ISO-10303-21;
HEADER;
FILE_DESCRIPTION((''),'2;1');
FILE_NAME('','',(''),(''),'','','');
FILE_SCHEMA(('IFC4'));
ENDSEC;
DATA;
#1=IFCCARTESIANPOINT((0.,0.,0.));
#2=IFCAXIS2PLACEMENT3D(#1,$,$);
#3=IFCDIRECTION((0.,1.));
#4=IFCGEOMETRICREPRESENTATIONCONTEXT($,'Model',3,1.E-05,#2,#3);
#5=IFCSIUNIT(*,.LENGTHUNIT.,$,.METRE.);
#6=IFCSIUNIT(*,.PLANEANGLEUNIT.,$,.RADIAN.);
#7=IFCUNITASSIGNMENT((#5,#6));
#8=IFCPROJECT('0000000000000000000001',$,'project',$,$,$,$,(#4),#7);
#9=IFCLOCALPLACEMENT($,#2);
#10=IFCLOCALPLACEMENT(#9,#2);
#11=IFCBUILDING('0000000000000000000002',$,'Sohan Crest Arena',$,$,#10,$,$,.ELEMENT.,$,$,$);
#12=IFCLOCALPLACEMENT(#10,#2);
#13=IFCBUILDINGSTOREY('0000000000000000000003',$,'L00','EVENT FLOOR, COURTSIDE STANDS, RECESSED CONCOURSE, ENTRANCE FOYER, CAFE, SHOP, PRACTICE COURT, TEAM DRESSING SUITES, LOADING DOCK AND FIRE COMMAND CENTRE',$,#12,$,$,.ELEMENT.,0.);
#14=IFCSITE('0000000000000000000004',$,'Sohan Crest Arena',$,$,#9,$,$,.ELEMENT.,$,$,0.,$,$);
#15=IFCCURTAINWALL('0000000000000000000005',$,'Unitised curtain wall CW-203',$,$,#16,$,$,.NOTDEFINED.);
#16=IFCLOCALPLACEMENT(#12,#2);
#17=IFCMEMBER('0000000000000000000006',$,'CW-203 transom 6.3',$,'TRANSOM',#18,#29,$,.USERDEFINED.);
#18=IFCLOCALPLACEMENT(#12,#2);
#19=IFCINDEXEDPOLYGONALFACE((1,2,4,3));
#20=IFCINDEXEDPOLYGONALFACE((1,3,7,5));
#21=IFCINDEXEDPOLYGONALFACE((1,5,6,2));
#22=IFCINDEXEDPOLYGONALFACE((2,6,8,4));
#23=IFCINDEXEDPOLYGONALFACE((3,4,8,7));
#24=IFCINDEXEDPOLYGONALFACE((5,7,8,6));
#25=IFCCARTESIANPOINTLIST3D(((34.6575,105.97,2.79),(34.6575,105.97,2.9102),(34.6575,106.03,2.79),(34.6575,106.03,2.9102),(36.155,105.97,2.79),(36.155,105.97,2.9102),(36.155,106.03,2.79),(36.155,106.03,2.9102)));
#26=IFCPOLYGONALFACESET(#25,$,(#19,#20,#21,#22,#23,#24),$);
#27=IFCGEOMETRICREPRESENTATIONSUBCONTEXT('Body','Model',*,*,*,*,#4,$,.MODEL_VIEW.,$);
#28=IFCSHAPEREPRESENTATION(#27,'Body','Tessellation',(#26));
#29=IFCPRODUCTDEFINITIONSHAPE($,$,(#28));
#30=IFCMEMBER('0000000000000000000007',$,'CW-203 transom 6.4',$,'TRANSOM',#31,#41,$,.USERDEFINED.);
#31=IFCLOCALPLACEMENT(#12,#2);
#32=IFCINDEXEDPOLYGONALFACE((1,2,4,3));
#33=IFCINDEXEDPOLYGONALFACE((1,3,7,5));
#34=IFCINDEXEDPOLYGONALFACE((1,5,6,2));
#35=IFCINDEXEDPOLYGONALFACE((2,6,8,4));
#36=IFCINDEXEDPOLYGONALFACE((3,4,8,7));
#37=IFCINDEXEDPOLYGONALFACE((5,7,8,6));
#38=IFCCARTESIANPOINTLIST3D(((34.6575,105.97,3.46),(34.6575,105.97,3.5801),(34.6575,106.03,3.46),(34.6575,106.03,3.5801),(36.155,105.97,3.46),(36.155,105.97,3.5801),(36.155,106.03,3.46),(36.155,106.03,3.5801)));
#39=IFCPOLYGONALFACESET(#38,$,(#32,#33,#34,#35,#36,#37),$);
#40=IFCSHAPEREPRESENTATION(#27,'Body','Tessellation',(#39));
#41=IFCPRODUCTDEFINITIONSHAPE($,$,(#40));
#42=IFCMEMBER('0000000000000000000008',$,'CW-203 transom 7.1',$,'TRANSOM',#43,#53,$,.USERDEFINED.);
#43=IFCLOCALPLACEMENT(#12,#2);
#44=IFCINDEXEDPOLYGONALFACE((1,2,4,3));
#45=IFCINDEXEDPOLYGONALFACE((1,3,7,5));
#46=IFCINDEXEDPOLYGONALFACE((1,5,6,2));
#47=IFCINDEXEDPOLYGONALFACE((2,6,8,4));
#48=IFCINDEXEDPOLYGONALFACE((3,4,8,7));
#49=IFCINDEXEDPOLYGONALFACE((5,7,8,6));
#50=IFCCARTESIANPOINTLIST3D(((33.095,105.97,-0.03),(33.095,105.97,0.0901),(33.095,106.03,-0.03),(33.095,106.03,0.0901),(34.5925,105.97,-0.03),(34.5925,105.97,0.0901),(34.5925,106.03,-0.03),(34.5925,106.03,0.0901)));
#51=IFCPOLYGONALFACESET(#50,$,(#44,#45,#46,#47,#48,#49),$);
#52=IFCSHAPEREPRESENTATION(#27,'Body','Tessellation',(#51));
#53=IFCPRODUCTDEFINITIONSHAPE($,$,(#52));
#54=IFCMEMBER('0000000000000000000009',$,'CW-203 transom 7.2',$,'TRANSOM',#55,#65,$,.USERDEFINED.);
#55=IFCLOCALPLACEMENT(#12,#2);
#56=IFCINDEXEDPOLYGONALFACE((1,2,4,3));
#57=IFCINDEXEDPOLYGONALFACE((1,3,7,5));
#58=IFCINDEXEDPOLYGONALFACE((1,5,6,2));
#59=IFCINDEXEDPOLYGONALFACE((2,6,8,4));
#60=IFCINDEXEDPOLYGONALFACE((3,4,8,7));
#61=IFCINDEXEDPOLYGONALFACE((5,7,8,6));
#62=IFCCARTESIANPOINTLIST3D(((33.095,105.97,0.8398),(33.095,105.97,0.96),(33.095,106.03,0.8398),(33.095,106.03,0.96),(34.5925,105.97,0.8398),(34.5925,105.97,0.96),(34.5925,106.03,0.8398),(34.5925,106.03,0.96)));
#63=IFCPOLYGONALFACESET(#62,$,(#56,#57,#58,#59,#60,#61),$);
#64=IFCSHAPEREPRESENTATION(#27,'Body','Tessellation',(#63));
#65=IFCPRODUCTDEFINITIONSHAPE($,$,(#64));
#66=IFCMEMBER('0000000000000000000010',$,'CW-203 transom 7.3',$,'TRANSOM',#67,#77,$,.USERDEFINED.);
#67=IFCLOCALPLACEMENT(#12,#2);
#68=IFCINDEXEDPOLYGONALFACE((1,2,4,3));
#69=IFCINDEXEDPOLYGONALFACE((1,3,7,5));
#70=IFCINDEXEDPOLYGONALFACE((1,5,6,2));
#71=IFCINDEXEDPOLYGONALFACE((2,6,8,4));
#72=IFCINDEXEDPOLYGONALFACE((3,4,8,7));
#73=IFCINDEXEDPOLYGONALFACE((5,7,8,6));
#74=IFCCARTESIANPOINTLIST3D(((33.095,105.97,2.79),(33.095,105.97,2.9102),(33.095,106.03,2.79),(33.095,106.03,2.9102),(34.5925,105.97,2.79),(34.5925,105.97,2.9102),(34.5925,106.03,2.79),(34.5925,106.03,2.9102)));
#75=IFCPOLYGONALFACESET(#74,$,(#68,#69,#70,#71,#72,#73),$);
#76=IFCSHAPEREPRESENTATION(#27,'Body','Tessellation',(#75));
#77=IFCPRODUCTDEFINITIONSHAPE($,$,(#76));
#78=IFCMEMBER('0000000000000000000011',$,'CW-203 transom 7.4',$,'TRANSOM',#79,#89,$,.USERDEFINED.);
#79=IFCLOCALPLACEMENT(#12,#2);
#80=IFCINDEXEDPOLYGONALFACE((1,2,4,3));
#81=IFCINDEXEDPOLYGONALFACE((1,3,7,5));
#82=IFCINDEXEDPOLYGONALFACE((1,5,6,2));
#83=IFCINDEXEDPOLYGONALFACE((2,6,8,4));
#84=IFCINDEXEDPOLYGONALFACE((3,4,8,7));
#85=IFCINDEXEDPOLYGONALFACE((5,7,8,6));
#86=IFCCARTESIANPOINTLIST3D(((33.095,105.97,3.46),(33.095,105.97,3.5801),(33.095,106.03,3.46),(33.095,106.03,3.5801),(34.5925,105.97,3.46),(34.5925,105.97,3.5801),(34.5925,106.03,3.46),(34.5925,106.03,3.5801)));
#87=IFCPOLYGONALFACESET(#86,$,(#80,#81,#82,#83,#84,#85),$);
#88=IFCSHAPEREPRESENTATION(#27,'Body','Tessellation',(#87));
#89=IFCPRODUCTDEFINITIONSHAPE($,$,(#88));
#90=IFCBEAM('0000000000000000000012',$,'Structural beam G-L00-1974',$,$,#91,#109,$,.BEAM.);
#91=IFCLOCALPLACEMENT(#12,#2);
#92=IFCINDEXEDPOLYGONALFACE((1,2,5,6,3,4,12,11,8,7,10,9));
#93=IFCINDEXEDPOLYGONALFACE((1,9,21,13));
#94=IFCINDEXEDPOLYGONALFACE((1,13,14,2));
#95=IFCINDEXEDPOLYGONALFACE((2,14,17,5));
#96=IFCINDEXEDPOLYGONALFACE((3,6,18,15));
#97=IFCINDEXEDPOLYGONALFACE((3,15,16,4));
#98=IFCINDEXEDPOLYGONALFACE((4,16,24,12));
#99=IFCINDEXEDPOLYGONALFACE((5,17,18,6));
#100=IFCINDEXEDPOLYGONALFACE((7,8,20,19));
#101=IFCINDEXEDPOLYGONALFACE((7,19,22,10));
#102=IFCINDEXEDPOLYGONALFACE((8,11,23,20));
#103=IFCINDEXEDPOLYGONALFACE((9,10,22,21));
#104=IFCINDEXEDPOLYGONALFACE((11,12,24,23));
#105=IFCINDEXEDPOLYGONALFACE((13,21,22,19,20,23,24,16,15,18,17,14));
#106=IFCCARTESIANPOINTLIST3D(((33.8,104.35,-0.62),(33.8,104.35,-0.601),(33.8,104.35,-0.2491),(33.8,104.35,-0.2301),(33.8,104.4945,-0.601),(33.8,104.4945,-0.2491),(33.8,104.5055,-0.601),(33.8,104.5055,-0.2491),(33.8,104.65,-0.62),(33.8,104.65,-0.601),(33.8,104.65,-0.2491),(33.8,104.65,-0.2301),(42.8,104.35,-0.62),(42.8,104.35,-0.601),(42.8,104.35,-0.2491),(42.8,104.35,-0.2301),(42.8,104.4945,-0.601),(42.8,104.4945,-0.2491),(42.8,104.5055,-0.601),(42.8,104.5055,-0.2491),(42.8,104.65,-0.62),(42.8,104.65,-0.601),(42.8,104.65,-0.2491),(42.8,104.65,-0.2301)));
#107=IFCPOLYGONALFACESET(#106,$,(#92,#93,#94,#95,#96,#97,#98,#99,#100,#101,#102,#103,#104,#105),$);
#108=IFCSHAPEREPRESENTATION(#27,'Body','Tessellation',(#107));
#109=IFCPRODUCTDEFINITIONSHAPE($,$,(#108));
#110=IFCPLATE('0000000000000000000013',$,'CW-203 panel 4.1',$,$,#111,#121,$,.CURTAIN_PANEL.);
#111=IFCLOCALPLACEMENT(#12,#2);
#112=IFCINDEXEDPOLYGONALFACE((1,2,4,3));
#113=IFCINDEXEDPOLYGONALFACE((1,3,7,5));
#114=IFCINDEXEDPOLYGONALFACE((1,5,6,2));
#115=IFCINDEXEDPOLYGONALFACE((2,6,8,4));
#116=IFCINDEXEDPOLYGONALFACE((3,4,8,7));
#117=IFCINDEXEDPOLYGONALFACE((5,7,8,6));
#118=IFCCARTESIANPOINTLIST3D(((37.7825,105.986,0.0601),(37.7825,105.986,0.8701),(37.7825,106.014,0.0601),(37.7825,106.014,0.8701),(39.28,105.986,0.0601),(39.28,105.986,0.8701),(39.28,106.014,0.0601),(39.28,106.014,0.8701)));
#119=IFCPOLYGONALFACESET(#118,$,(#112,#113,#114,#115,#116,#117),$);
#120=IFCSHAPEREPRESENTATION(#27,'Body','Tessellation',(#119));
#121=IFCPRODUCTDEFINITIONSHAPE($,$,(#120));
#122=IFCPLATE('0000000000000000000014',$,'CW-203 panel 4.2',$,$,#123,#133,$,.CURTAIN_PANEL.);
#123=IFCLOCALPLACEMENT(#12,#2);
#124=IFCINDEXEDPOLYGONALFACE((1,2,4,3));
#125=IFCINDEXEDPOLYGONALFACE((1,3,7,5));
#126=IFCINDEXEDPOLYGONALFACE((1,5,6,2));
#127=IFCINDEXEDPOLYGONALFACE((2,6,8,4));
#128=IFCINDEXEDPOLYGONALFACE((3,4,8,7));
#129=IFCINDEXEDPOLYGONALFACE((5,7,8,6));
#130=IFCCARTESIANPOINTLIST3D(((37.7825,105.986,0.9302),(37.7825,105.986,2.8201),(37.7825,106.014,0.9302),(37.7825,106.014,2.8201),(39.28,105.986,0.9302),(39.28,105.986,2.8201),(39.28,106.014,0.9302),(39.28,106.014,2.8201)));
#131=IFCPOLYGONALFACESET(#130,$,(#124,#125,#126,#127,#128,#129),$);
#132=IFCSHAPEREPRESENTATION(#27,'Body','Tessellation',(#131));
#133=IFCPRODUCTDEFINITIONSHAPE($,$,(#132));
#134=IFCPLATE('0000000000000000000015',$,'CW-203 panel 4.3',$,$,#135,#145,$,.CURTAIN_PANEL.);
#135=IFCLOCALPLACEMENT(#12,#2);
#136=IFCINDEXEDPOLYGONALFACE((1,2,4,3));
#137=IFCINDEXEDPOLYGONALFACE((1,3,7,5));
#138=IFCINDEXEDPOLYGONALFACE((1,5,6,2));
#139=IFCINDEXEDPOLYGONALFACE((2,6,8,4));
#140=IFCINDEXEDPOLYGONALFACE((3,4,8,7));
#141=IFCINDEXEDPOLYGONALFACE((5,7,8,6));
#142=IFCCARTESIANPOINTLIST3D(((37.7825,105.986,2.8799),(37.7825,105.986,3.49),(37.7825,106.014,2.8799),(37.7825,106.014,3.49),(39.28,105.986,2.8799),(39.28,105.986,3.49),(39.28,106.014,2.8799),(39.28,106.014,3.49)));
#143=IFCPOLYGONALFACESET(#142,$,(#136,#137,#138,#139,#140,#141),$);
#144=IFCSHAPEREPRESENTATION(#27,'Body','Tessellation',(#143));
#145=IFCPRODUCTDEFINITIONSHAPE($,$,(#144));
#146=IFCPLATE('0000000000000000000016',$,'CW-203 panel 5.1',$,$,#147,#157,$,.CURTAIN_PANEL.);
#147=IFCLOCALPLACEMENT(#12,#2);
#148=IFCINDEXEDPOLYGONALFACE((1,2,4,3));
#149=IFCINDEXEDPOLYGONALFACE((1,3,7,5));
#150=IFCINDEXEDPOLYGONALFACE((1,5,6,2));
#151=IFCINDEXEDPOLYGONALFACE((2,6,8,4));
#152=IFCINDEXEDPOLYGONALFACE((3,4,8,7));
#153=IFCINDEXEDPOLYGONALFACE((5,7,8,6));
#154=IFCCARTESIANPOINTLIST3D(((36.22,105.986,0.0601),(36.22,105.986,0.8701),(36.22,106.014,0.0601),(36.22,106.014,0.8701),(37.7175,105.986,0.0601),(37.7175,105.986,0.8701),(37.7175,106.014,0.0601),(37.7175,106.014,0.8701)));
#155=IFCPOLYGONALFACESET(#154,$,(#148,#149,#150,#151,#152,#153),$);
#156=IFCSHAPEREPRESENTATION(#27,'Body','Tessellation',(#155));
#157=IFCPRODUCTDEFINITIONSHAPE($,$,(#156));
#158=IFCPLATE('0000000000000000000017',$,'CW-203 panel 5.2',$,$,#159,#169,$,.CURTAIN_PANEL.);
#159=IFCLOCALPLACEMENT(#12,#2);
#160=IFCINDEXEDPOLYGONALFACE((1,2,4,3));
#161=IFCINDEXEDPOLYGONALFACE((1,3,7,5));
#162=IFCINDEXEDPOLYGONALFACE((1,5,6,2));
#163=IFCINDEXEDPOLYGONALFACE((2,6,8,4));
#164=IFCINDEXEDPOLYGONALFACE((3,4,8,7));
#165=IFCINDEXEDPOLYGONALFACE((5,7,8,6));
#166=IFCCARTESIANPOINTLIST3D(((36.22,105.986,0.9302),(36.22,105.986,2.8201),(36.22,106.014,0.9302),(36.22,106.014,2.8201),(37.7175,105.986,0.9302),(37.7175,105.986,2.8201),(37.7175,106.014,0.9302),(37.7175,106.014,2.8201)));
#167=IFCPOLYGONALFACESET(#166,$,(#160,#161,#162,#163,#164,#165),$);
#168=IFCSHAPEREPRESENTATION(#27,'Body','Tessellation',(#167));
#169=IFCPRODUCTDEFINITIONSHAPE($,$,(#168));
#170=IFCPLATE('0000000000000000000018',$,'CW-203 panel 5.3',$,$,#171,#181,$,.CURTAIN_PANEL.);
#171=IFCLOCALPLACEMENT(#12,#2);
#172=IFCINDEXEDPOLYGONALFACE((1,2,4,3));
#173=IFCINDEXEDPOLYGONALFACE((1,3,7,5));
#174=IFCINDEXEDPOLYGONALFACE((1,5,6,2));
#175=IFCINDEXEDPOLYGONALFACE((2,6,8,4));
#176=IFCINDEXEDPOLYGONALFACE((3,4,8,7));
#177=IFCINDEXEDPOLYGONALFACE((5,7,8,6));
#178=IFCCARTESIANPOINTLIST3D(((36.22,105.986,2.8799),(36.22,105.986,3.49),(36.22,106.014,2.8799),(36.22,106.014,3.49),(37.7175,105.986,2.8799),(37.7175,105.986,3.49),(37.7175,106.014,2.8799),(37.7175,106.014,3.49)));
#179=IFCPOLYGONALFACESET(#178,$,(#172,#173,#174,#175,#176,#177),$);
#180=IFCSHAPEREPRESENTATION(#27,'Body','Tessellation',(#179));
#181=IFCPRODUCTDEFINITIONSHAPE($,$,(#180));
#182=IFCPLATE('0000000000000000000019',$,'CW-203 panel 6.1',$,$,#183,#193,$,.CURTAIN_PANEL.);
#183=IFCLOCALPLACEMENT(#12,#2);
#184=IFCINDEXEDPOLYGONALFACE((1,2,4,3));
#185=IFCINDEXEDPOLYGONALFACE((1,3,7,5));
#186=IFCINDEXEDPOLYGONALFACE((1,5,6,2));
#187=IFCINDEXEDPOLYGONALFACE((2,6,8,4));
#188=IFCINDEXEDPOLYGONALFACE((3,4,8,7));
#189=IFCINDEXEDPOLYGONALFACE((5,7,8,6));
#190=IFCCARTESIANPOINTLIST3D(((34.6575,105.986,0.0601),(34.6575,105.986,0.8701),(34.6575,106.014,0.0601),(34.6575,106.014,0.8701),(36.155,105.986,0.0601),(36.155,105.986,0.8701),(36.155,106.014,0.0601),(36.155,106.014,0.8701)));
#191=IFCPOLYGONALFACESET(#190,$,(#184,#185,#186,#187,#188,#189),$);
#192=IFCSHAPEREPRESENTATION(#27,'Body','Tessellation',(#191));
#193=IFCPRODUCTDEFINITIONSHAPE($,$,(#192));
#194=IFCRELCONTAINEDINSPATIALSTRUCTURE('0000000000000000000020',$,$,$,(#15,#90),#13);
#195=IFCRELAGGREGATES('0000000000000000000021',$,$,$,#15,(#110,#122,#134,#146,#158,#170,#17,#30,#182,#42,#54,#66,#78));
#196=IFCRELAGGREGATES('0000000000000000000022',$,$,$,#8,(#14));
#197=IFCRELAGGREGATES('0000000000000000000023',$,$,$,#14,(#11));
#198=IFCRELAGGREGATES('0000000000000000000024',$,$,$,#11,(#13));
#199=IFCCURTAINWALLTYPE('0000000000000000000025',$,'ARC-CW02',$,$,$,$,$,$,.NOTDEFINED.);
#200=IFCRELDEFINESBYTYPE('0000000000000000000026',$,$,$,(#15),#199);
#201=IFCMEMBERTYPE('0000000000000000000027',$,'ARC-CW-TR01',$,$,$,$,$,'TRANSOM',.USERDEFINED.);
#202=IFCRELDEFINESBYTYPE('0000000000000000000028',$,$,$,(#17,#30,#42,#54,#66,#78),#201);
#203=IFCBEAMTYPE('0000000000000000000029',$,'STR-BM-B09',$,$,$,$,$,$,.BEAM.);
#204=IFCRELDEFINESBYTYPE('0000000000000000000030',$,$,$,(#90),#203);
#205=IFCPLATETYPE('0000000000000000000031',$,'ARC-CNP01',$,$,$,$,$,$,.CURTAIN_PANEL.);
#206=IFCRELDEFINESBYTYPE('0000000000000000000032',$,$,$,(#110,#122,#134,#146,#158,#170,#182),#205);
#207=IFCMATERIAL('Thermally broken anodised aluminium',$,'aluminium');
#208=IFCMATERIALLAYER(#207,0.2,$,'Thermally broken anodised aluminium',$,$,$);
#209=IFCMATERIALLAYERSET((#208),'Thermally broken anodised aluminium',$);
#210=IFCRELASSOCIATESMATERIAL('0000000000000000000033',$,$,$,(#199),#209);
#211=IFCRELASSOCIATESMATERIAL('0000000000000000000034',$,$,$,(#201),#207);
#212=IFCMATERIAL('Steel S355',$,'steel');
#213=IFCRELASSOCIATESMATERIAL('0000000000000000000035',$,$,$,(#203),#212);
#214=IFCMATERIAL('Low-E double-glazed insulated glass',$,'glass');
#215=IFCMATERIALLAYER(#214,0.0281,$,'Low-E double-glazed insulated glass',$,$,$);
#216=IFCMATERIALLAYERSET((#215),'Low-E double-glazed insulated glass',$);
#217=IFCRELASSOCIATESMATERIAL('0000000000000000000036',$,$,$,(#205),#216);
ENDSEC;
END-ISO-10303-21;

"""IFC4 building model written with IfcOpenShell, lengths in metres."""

from ifc_helpers import new_model, si_unit, direction, frame, origin, origin_2d, place, context, subcontext, project, spatial, rectangle, i_section, extrude, material, layer, layer_set, material_profile, profile_set, type_object, element, aggregate, save


model = new_model("IFC4")

# Units and contexts
model_context = context("Model", 3, precision=1e-05, world=origin(), true_north=direction((0.0, 1.0)))
body_context = subcontext(model_context, "Body", "Model", "MODEL_VIEW")
ifc_project = project(units=[si_unit("LENGTHUNIT", "METRE"), si_unit("PLANEANGLEUNIT", "RADIAN")], contexts=[model_context])

# Site, building, storey
site_placement = place(None, origin())
site = spatial("IfcSite", under=ifc_project, at=site_placement, Name="Sohan Crest Arena", CompositionType="ELEMENT", RefElevation=0.0)
building_placement = place(site_placement, origin())
building = spatial("IfcBuilding", under=site, at=building_placement, Name="Sohan Crest Arena", CompositionType="ELEMENT")
storey_placement = place(building_placement, origin())
storey = spatial("IfcBuildingStorey", under=building, at=storey_placement, Name="L00", Description="EVENT FLOOR, COURTSIDE STANDS, RECESSED CONCOURSE, ENTRANCE FOYER, CAFE, SHOP, PRACTICE COURT, TEAM DRESSING SUITES, LOADING DOCK AND FIRE COMMAND CENTRE", CompositionType="ELEMENT", Elevation=0.0)

# Curtain wall, members
ifc_material_1 = material(Name="Thermally broken anodised aluminium", Category="aluminium")
ifc_layer_1 = layer(ifc_material_1, 0.2, Name="Thermally broken anodised aluminium")
ifc_layer_set_1 = layer_set([ifc_layer_1], Name="Thermally broken anodised aluminium")
curtain_wall_type = type_object("IfcCurtainWallType", Name="ARC-CW02", PredefinedType="NOTDEFINED", material=ifc_layer_set_1)
curtain_wall_placement = place(storey_placement, origin())
curtain_wall = element("IfcCurtainWall", 1, at=curtain_wall_placement, inside=storey, type_object=curtain_wall_type, Name="Unitised curtain wall CW-203", PredefinedType="NOTDEFINED")
ifc_material_profile_1 = material_profile(ifc_material_1, rectangle(XDim=0.0601, YDim=0.1201, at=origin_2d()), Name="ALU-TRAN 60x120")
ifc_profile_set_1 = profile_set([ifc_material_profile_1], Name="Thermally broken anodised aluminium")
member_type_1 = type_object("IfcMemberType", Name="ARC-CW-TR01", ElementType="TRANSOM", PredefinedType="USERDEFINED", material=ifc_profile_set_1)
member_1_placement = place(storey_placement, frame((36.155, 106.0, 2.8501), z_axis=(-1.0, 0.0, 0.0), x_axis=(0.0, -1.0, 0.0)))
member_1 = element("IfcMember", 2, at=member_1_placement, type_object=member_type_1, Name="CW-203 transom 6.3", ObjectType="TRANSOM", PredefinedType="USERDEFINED", context=body_context, shape_type="SweptSolid", body=[
    extrude(rectangle(XDim=0.0601, YDim=0.1201, at=origin_2d()), origin(), (0.0, 0.0, 1.0), 1.4976),
])
member_2_placement = place(storey_placement, frame((36.155, 106.0, 3.52), z_axis=(-1.0, 0.0, 0.0), x_axis=(0.0, -1.0, 0.0)))
member_2 = element("IfcMember", 3, at=member_2_placement, type_object=member_type_1, Name="CW-203 transom 6.4", ObjectType="TRANSOM", PredefinedType="USERDEFINED", context=body_context, shape_type="SweptSolid", body=[
    extrude(rectangle(XDim=0.0601, YDim=0.1201, at=origin_2d()), origin(), (0.0, 0.0, 1.0), 1.4976),
])
member_3_placement = place(storey_placement, frame((34.5925, 106.0, 0.03), z_axis=(-1.0, 0.0, 0.0), x_axis=(0.0, -1.0, 0.0)))
member_3 = element("IfcMember", 4, at=member_3_placement, type_object=member_type_1, Name="CW-203 transom 7.1", ObjectType="TRANSOM", PredefinedType="USERDEFINED", context=body_context, shape_type="SweptSolid", body=[
    extrude(rectangle(XDim=0.0601, YDim=0.1201, at=origin_2d()), origin(), (0.0, 0.0, 1.0), 1.4976),
])
member_4_placement = place(storey_placement, frame((34.5925, 106.0, 0.8999), z_axis=(-1.0, 0.0, 0.0), x_axis=(0.0, -1.0, 0.0)))
member_4 = element("IfcMember", 5, at=member_4_placement, type_object=member_type_1, Name="CW-203 transom 7.2", ObjectType="TRANSOM", PredefinedType="USERDEFINED", context=body_context, shape_type="SweptSolid", body=[
    extrude(rectangle(XDim=0.0601, YDim=0.1201, at=origin_2d()), origin(), (0.0, 0.0, 1.0), 1.4976),
])
member_5_placement = place(storey_placement, frame((34.5925, 106.0, 2.8501), z_axis=(-1.0, 0.0, 0.0), x_axis=(0.0, -1.0, 0.0)))
member_5 = element("IfcMember", 6, at=member_5_placement, type_object=member_type_1, Name="CW-203 transom 7.3", ObjectType="TRANSOM", PredefinedType="USERDEFINED", context=body_context, shape_type="SweptSolid", body=[
    extrude(rectangle(XDim=0.0601, YDim=0.1201, at=origin_2d()), origin(), (0.0, 0.0, 1.0), 1.4976),
])
member_6_placement = place(storey_placement, frame((34.5925, 106.0, 3.52), z_axis=(-1.0, 0.0, 0.0), x_axis=(0.0, -1.0, 0.0)))
member_6 = element("IfcMember", 7, at=member_6_placement, type_object=member_type_1, Name="CW-203 transom 7.4", ObjectType="TRANSOM", PredefinedType="USERDEFINED", context=body_context, shape_type="SweptSolid", body=[
    extrude(rectangle(XDim=0.0601, YDim=0.1201, at=origin_2d()), origin(), (0.0, 0.0, 1.0), 1.4976),
])

# Beam
ifc_material_2 = material(Name="Steel S355", Category="steel")
ifc_material_profile_2 = material_profile(ifc_material_2, i_section(OverallWidth=0.3, OverallDepth=0.3899, WebThickness=0.011, FlangeThickness=0.019, at=origin_2d()), Name="HEA 400")
ifc_profile_set_2 = profile_set([ifc_material_profile_2], Name="Steel S355")
beam_type = type_object("IfcBeamType", Name="STR-BM-B09", PredefinedType="BEAM", material=ifc_profile_set_2)
beam_placement = place(storey_placement, frame((33.8, 104.5, -0.425), z_axis=(1.0, 0.0, 0.0), x_axis=(0.0, 1.0, 0.0)))
element("IfcBeam", 8, at=beam_placement, inside=storey, type_object=beam_type, Name="Structural beam G-L00-1974", PredefinedType="BEAM", context=body_context, shape_type="SweptSolid", body=[
    extrude(i_section(OverallWidth=0.3, OverallDepth=0.3899, WebThickness=0.011, FlangeThickness=0.019, at=origin_2d()), origin(), (0.0, 0.0, 1.0), 9.0),
])

# Plates
ifc_material_3 = material(Name="Low-E double-glazed insulated glass", Category="glass")
ifc_layer_2 = layer(ifc_material_3, 0.0281, Name="Low-E double-glazed insulated glass")
ifc_layer_set_2 = layer_set([ifc_layer_2], Name="Low-E double-glazed insulated glass")
plate_type = type_object("IfcPlateType", Name="ARC-CNP01", PredefinedType="CURTAIN_PANEL", material=ifc_layer_set_2)
plate_1_placement = place(storey_placement, frame((38.5312, 106.0, 0.0601), z_axis=(0.0, 0.0, 1.0), x_axis=(-1.0, 0.0, 0.0)))
plate_1 = element("IfcPlate", 9, at=plate_1_placement, type_object=plate_type, Name="CW-203 panel 4.1", PredefinedType="CURTAIN_PANEL", context=body_context, shape_type="SweptSolid", body=[
    extrude(rectangle(XDim=1.4976, YDim=0.0281, at=origin_2d()), origin(), (0.0, 0.0, 1.0), 0.8101),
])
plate_2_placement = place(storey_placement, frame((38.5312, 106.0, 0.9302), z_axis=(0.0, 0.0, 1.0), x_axis=(-1.0, 0.0, 0.0)))
plate_2 = element("IfcPlate", 10, at=plate_2_placement, type_object=plate_type, Name="CW-203 panel 4.2", PredefinedType="CURTAIN_PANEL", context=body_context, shape_type="SweptSolid", body=[
    extrude(rectangle(XDim=1.4976, YDim=0.0281, at=origin_2d()), origin(), (0.0, 0.0, 1.0), 1.8899),
])
plate_3_placement = place(storey_placement, frame((38.5312, 106.0, 2.8799), z_axis=(0.0, 0.0, 1.0), x_axis=(-1.0, 0.0, 0.0)))
plate_3 = element("IfcPlate", 11, at=plate_3_placement, type_object=plate_type, Name="CW-203 panel 4.3", PredefinedType="CURTAIN_PANEL", context=body_context, shape_type="SweptSolid", body=[
    extrude(rectangle(XDim=1.4976, YDim=0.0281, at=origin_2d()), origin(), (0.0, 0.0, 1.0), 0.6101),
])
plate_4_placement = place(storey_placement, frame((36.9688, 106.0, 0.0601), z_axis=(0.0, 0.0, 1.0), x_axis=(-1.0, 0.0, 0.0)))
plate_4 = element("IfcPlate", 12, at=plate_4_placement, type_object=plate_type, Name="CW-203 panel 5.1", PredefinedType="CURTAIN_PANEL", context=body_context, shape_type="SweptSolid", body=[
    extrude(rectangle(XDim=1.4976, YDim=0.0281, at=origin_2d()), origin(), (0.0, 0.0, 1.0), 0.8101),
])
plate_5_placement = place(storey_placement, frame((36.9688, 106.0, 0.9302), z_axis=(0.0, 0.0, 1.0), x_axis=(-1.0, 0.0, 0.0)))
plate_5 = element("IfcPlate", 13, at=plate_5_placement, type_object=plate_type, Name="CW-203 panel 5.2", PredefinedType="CURTAIN_PANEL", context=body_context, shape_type="SweptSolid", body=[
    extrude(rectangle(XDim=1.4976, YDim=0.0281, at=origin_2d()), origin(), (0.0, 0.0, 1.0), 1.8899),
])
plate_6_placement = place(storey_placement, frame((36.9688, 106.0, 2.8799), z_axis=(0.0, 0.0, 1.0), x_axis=(-1.0, 0.0, 0.0)))
plate_6 = element("IfcPlate", 14, at=plate_6_placement, type_object=plate_type, Name="CW-203 panel 5.3", PredefinedType="CURTAIN_PANEL", context=body_context, shape_type="SweptSolid", body=[
    extrude(rectangle(XDim=1.4976, YDim=0.0281, at=origin_2d()), origin(), (0.0, 0.0, 1.0), 0.6101),
])
plate_7_placement = place(storey_placement, frame((35.4062, 106.0, 0.0601), z_axis=(0.0, 0.0, 1.0), x_axis=(-1.0, 0.0, 0.0)))
plate_7 = element("IfcPlate", 15, at=plate_7_placement, type_object=plate_type, Name="CW-203 panel 6.1", PredefinedType="CURTAIN_PANEL", context=body_context, shape_type="SweptSolid", body=[
    extrude(rectangle(XDim=1.4976, YDim=0.0281, at=origin_2d()), origin(), (0.0, 0.0, 1.0), 0.8101),
])
aggregate(curtain_wall, [plate_1, plate_2, plate_3, plate_4, plate_5, plate_6, member_1, member_2, plate_7, member_3, member_4, member_5, member_6])

save(model, "model.ifc")
